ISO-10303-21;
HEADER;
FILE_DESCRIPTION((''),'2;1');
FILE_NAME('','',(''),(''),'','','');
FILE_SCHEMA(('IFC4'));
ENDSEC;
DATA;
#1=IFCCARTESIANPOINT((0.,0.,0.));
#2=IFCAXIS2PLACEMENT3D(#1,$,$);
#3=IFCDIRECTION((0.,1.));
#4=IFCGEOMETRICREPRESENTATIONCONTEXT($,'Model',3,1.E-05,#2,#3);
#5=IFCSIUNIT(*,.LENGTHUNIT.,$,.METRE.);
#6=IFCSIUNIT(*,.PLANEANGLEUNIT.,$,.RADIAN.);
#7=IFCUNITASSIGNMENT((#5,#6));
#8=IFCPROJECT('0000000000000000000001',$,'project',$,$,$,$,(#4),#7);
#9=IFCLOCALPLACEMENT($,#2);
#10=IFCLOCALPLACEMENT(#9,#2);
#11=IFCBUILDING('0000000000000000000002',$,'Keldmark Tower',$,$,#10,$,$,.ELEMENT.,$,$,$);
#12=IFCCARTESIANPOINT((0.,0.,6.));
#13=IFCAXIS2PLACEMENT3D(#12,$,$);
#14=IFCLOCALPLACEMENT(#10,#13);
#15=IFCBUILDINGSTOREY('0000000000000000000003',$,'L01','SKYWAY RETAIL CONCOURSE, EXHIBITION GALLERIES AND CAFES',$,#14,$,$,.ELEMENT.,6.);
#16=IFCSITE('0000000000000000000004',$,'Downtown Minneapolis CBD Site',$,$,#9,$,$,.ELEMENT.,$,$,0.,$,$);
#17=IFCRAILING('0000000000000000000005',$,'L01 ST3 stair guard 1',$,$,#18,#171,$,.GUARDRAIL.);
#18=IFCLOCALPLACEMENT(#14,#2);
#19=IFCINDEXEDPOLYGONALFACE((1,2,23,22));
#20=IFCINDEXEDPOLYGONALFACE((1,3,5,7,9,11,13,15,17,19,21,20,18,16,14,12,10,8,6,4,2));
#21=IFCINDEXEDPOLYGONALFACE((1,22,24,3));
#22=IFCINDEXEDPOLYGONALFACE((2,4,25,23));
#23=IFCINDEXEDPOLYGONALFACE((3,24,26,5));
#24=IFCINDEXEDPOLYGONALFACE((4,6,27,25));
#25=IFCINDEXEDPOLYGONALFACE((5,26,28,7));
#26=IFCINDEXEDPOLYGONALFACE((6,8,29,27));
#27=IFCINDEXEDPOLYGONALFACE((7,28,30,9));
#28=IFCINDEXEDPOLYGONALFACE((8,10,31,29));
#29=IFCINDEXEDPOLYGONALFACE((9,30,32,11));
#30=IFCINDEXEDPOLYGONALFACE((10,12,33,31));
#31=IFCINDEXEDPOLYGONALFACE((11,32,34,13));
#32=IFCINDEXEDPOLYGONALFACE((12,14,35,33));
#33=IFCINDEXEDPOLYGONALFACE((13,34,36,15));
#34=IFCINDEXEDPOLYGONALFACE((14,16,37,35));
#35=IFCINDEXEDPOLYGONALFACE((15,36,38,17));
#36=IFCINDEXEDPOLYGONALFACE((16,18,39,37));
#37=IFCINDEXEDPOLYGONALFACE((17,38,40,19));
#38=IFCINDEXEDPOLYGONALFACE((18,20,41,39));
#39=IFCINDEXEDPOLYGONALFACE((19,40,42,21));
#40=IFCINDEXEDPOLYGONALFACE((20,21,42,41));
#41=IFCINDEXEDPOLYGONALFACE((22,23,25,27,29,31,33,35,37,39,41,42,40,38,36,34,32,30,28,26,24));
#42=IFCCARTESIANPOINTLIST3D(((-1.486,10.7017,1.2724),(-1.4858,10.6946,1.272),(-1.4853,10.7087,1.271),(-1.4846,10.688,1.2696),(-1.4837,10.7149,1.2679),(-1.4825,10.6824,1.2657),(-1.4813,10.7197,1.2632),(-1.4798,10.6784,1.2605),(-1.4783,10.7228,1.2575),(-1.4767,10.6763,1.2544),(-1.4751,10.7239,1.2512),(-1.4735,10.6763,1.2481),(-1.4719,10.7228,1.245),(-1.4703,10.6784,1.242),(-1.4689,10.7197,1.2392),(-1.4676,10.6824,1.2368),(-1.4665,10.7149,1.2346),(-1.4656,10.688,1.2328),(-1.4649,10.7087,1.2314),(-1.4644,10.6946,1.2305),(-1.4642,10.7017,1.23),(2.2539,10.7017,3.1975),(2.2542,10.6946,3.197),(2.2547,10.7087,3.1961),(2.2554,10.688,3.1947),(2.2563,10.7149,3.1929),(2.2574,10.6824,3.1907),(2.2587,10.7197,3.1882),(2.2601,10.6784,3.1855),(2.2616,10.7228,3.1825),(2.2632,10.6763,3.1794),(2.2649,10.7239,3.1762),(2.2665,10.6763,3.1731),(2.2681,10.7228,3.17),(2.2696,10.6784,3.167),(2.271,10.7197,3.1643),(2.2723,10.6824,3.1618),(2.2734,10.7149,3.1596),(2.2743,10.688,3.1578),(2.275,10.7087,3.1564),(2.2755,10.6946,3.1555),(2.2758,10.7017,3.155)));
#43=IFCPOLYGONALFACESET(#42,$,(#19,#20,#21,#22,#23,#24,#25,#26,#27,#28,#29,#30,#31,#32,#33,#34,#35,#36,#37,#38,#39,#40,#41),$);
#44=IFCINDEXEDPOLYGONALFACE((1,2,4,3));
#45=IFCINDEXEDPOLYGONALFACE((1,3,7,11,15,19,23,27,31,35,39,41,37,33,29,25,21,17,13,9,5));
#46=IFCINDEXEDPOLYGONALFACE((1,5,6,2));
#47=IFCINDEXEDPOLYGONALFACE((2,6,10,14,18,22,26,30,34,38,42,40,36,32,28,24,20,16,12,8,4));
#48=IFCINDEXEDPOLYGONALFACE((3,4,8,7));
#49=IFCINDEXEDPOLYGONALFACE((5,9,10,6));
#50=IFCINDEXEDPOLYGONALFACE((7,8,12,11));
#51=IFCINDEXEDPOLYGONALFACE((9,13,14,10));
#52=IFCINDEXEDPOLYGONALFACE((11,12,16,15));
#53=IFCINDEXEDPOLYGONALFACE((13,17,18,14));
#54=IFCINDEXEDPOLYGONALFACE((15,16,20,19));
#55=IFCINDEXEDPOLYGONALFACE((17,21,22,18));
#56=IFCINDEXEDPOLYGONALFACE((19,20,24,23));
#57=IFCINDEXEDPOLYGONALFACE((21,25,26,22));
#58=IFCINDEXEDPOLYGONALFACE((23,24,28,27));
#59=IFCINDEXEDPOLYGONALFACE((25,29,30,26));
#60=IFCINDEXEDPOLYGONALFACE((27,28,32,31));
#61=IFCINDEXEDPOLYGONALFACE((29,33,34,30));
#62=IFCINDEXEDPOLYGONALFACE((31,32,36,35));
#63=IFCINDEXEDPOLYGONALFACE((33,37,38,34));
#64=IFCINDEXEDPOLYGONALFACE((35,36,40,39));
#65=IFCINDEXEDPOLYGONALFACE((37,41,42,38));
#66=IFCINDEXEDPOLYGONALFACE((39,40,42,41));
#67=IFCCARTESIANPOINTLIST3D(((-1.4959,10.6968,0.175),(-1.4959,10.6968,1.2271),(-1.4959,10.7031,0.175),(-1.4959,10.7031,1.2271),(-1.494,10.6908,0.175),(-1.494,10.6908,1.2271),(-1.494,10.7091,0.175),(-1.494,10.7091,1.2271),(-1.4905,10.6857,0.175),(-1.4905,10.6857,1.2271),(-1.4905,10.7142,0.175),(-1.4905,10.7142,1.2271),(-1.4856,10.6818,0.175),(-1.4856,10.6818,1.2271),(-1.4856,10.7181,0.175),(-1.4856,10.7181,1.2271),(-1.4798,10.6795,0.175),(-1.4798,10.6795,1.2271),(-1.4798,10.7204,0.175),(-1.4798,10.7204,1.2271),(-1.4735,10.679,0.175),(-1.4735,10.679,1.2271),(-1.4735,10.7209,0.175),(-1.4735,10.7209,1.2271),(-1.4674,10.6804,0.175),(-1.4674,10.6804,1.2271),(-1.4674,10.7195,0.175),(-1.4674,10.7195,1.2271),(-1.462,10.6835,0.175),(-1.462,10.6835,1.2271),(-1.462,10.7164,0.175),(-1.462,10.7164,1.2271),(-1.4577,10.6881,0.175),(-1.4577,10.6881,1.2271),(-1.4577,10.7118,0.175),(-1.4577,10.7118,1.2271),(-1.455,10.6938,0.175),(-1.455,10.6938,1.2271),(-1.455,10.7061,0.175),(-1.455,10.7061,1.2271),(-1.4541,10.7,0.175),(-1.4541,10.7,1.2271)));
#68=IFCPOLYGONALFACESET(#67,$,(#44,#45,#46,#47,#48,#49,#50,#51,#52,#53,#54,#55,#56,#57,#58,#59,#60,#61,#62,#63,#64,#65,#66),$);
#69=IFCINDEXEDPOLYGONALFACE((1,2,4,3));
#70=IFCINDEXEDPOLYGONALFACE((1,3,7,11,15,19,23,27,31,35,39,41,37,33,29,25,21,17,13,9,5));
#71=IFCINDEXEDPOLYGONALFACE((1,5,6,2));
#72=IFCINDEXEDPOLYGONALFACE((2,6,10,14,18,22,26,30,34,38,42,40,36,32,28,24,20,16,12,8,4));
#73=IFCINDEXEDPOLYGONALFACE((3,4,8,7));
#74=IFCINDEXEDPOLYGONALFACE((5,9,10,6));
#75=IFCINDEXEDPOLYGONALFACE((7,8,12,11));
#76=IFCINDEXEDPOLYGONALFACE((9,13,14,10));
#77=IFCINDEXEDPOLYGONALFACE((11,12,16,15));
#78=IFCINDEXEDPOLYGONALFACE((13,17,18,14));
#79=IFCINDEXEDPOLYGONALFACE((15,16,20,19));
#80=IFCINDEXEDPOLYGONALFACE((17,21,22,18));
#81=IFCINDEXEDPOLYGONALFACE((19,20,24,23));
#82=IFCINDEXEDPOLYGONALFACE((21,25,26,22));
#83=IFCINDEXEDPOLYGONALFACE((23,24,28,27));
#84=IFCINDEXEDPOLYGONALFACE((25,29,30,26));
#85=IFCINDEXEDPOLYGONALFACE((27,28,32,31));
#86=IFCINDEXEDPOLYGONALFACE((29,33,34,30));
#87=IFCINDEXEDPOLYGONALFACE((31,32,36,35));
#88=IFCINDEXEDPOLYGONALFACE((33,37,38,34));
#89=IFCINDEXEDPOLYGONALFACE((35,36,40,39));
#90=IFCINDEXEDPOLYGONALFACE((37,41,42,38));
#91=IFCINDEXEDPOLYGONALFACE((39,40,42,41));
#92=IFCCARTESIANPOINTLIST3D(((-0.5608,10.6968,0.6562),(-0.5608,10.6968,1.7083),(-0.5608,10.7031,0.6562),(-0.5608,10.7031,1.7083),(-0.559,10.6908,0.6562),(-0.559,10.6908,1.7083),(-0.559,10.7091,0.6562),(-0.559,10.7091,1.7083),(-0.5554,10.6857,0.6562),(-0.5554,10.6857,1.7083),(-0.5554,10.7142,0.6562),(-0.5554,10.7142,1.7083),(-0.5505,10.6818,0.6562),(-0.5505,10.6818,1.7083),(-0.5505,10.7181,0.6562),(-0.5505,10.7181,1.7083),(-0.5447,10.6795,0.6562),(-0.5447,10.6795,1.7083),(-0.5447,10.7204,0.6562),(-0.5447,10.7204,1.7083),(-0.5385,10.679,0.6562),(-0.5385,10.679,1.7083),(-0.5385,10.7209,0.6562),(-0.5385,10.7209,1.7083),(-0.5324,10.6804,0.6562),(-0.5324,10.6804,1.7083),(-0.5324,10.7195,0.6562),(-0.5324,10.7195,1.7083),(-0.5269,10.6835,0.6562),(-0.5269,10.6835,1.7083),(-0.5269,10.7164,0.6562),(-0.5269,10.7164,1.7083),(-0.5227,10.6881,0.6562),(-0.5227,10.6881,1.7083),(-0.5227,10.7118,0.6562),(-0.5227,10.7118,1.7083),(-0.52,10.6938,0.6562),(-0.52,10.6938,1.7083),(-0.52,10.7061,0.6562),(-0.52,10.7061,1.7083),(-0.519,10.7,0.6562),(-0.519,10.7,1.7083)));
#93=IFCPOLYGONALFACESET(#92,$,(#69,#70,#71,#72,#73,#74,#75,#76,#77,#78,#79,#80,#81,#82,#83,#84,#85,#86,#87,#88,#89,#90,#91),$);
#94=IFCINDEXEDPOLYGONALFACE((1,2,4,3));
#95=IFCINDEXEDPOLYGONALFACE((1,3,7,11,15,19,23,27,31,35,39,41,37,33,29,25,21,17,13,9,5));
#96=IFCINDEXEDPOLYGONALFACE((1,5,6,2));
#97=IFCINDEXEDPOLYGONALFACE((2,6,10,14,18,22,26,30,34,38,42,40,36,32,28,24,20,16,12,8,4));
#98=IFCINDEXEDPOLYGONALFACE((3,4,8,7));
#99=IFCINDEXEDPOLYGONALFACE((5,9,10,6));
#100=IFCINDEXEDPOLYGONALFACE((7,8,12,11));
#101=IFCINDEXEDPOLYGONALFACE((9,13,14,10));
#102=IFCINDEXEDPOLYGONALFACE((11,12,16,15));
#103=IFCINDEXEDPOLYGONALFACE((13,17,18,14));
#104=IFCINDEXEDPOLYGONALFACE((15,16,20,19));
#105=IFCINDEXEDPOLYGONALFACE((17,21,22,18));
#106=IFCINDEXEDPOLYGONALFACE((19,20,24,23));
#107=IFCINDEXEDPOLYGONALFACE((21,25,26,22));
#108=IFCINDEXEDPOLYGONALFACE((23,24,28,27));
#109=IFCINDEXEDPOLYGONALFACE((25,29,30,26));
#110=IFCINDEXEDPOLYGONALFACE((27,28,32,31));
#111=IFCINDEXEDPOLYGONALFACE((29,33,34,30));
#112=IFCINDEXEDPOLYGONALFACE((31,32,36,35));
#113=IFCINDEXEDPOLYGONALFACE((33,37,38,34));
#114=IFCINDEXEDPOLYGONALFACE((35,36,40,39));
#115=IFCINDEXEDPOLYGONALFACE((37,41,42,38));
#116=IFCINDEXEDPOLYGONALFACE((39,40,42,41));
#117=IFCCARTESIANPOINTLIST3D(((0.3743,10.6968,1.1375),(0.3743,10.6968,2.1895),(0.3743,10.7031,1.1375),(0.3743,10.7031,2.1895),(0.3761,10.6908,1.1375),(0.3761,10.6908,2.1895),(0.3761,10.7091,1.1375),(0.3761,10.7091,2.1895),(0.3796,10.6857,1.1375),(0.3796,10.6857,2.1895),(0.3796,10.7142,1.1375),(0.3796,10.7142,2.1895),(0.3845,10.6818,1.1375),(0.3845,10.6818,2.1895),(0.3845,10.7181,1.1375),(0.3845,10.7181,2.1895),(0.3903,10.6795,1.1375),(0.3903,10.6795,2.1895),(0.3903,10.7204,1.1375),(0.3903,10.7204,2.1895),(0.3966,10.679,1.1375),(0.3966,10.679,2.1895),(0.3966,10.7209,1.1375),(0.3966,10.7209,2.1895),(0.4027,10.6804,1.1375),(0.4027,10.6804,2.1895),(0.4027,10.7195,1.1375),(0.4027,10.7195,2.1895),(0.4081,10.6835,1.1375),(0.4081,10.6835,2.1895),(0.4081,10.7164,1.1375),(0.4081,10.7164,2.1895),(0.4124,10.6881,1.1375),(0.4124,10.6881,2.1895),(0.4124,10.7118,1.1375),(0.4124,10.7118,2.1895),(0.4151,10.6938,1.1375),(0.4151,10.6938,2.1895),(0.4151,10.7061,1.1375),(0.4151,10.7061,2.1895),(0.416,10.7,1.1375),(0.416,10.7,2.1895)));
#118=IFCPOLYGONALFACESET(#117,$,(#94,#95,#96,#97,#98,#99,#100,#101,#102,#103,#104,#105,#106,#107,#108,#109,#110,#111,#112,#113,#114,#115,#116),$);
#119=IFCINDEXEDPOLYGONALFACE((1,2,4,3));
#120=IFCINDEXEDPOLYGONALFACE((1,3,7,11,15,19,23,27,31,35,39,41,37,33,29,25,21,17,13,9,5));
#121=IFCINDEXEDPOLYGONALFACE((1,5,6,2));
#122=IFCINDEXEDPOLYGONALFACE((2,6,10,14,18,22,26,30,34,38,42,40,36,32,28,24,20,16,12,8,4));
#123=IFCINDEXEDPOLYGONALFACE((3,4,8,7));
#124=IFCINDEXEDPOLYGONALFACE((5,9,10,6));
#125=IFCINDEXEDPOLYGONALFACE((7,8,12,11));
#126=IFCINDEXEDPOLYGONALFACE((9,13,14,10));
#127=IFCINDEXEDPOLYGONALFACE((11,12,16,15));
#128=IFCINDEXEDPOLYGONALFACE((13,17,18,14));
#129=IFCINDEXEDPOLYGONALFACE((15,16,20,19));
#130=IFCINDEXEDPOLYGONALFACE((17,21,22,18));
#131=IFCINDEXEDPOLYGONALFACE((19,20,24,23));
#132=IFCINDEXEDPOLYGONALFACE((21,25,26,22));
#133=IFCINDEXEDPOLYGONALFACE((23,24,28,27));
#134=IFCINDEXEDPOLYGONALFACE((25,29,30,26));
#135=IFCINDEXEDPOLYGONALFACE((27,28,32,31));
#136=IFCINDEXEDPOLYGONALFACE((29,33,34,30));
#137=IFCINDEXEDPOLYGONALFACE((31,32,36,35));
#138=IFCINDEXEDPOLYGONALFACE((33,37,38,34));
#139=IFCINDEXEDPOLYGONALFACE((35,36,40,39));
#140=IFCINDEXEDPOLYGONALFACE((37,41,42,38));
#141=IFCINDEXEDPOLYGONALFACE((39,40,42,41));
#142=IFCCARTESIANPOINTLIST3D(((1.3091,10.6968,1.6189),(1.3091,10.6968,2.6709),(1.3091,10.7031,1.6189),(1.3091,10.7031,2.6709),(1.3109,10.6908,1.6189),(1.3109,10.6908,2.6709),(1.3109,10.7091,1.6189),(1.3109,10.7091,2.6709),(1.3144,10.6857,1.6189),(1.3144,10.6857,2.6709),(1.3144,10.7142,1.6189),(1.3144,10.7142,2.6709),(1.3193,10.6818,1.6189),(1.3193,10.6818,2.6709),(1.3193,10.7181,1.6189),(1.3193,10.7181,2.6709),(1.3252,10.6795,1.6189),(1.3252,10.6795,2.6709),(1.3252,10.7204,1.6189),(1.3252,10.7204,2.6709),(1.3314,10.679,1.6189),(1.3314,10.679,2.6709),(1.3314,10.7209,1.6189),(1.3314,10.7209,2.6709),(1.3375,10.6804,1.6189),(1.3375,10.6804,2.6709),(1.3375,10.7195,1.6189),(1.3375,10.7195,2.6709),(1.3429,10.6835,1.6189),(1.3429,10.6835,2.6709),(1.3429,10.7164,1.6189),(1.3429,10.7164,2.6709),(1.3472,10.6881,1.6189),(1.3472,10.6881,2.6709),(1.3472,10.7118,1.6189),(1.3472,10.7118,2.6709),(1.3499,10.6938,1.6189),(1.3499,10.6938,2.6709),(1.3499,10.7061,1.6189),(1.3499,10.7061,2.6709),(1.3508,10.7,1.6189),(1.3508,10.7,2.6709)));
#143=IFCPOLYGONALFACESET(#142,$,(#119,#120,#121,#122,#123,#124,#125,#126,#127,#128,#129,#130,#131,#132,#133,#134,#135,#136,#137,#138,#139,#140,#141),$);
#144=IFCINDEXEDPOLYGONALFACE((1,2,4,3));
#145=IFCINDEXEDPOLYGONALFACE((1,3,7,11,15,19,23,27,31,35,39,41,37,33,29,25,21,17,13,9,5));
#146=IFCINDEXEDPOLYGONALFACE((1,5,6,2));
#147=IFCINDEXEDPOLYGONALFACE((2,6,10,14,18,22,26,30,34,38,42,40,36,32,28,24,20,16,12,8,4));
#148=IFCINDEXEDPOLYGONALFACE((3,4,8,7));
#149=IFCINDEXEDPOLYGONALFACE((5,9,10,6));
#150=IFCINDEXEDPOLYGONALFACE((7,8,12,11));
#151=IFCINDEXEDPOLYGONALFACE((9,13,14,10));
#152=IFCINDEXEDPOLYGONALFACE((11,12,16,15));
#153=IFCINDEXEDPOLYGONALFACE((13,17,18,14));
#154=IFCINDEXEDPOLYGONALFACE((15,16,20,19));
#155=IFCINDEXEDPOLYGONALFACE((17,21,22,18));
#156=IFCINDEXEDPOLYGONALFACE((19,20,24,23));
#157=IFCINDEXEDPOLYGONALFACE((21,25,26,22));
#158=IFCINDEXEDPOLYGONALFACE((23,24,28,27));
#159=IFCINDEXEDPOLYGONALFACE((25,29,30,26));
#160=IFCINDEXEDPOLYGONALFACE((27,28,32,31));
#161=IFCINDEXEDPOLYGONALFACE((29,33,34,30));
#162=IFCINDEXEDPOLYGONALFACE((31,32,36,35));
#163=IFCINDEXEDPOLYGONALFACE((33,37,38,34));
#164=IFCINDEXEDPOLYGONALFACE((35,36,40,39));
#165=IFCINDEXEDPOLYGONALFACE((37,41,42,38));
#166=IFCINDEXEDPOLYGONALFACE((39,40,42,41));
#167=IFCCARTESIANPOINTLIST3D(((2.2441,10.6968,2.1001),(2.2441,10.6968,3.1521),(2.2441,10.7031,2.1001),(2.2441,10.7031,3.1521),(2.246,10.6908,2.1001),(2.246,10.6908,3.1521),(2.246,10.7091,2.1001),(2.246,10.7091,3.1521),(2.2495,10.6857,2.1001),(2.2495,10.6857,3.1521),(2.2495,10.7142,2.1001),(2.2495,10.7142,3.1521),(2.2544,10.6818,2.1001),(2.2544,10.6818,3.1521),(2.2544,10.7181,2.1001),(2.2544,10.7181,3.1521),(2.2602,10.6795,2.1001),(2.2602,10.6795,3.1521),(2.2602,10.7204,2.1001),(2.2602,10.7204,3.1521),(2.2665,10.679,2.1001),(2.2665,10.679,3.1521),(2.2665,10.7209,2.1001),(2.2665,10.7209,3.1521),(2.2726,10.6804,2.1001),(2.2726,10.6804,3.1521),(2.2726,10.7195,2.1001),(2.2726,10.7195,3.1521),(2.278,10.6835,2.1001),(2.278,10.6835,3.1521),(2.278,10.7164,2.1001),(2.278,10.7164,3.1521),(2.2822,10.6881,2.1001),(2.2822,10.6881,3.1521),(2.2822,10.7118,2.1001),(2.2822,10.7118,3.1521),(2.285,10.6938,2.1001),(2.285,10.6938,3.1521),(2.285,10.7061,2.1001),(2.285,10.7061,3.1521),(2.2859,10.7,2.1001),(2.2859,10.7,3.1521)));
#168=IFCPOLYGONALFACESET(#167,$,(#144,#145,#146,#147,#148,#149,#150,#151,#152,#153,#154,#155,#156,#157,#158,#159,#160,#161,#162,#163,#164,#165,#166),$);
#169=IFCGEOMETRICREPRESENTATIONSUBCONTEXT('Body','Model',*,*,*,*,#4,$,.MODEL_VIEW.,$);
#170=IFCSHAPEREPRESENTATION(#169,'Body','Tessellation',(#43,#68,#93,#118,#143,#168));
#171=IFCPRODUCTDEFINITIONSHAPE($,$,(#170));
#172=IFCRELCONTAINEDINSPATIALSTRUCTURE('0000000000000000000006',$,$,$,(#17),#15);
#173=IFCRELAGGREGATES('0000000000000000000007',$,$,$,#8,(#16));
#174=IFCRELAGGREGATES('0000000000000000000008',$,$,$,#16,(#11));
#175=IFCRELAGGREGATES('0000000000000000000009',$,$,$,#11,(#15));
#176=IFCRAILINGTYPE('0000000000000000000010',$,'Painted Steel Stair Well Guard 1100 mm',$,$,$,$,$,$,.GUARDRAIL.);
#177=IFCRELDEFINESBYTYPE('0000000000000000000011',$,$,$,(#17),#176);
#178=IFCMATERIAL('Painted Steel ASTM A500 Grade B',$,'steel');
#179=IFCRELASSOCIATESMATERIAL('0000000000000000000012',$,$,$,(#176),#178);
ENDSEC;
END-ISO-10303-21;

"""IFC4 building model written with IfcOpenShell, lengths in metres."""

from ifc_helpers import new_model, si_unit, direction, frame, origin, origin_2d, place, context, subcontext, project, spatial, circle, extrude, material, type_object, element, save


model = new_model("IFC4")

# Units and contexts
model_context = context("Model", 3, precision=1e-05, world=origin(), true_north=direction((0.0, 1.0)))
body_context = subcontext(model_context, "Body", "Model", "MODEL_VIEW")
ifc_project = project(units=[si_unit("LENGTHUNIT", "METRE"), si_unit("PLANEANGLEUNIT", "RADIAN")], contexts=[model_context])

# Site, building, storey
site_placement = place(None, origin())
site = spatial("IfcSite", under=ifc_project, at=site_placement, Name="Downtown Minneapolis CBD Site", CompositionType="ELEMENT", RefElevation=0.0)
building_placement = place(site_placement, origin())
building = spatial("IfcBuilding", under=site, at=building_placement, Name="Keldmark Tower", CompositionType="ELEMENT")
storey_placement = place(building_placement, frame((0.0, 0.0, 6.0)))
storey = spatial("IfcBuildingStorey", under=building, at=storey_placement, Name="L01", Description="SKYWAY RETAIL CONCOURSE, EXHIBITION GALLERIES AND CAFES", CompositionType="ELEMENT", Elevation=6.0)

# Railing
ifc_material_1 = material(Name="Painted Steel ASTM A500 Grade B", Category="steel")
railing_type_1 = type_object("IfcRailingType", Name="Painted Steel Stair Well Guard 1100 mm", PredefinedType="GUARDRAIL", material=ifc_material_1)
railing_1_placement = place(storey_placement, frame((-1.4751, 10.7, 0.175)))
element("IfcRailing", 1, at=railing_1_placement, inside=storey, type_object=railing_type_1, Name="L01 ST3 stair guard 1", PredefinedType="GUARDRAIL", context=body_context, shape_type="SweptSolid", body=[
    extrude(circle(Radius=0.0239, at=origin_2d()), frame((0.0, 0.0, 1.0762), z_axis=(0.889131, 0.0, 0.457654), x_axis=(0.0, 1.0, 0.0)), (0.0, 0.0, 1.0), 4.2063),
    extrude(circle(Radius=0.021, at=origin_2d()), origin(), (0.0, 0.0, 1.0), 1.052),
    extrude(circle(Radius=0.021, at=origin_2d()), frame((0.9351, 0.0, 0.4812)), (0.0, 0.0, 1.0), 1.052),
    extrude(circle(Radius=0.021, at=origin_2d()), frame((1.8701, 0.0, 0.9624)), (0.0, 0.0, 1.0), 1.052),
    extrude(circle(Radius=0.021, at=origin_2d()), frame((2.8049, 0.0, 1.4438)), (0.0, 0.0, 1.0), 1.052),
    extrude(circle(Radius=0.021, at=origin_2d()), frame((3.74, 0.0, 1.925)), (0.0, 0.0, 1.0), 1.052),
])

save(model, "model.ifc")
